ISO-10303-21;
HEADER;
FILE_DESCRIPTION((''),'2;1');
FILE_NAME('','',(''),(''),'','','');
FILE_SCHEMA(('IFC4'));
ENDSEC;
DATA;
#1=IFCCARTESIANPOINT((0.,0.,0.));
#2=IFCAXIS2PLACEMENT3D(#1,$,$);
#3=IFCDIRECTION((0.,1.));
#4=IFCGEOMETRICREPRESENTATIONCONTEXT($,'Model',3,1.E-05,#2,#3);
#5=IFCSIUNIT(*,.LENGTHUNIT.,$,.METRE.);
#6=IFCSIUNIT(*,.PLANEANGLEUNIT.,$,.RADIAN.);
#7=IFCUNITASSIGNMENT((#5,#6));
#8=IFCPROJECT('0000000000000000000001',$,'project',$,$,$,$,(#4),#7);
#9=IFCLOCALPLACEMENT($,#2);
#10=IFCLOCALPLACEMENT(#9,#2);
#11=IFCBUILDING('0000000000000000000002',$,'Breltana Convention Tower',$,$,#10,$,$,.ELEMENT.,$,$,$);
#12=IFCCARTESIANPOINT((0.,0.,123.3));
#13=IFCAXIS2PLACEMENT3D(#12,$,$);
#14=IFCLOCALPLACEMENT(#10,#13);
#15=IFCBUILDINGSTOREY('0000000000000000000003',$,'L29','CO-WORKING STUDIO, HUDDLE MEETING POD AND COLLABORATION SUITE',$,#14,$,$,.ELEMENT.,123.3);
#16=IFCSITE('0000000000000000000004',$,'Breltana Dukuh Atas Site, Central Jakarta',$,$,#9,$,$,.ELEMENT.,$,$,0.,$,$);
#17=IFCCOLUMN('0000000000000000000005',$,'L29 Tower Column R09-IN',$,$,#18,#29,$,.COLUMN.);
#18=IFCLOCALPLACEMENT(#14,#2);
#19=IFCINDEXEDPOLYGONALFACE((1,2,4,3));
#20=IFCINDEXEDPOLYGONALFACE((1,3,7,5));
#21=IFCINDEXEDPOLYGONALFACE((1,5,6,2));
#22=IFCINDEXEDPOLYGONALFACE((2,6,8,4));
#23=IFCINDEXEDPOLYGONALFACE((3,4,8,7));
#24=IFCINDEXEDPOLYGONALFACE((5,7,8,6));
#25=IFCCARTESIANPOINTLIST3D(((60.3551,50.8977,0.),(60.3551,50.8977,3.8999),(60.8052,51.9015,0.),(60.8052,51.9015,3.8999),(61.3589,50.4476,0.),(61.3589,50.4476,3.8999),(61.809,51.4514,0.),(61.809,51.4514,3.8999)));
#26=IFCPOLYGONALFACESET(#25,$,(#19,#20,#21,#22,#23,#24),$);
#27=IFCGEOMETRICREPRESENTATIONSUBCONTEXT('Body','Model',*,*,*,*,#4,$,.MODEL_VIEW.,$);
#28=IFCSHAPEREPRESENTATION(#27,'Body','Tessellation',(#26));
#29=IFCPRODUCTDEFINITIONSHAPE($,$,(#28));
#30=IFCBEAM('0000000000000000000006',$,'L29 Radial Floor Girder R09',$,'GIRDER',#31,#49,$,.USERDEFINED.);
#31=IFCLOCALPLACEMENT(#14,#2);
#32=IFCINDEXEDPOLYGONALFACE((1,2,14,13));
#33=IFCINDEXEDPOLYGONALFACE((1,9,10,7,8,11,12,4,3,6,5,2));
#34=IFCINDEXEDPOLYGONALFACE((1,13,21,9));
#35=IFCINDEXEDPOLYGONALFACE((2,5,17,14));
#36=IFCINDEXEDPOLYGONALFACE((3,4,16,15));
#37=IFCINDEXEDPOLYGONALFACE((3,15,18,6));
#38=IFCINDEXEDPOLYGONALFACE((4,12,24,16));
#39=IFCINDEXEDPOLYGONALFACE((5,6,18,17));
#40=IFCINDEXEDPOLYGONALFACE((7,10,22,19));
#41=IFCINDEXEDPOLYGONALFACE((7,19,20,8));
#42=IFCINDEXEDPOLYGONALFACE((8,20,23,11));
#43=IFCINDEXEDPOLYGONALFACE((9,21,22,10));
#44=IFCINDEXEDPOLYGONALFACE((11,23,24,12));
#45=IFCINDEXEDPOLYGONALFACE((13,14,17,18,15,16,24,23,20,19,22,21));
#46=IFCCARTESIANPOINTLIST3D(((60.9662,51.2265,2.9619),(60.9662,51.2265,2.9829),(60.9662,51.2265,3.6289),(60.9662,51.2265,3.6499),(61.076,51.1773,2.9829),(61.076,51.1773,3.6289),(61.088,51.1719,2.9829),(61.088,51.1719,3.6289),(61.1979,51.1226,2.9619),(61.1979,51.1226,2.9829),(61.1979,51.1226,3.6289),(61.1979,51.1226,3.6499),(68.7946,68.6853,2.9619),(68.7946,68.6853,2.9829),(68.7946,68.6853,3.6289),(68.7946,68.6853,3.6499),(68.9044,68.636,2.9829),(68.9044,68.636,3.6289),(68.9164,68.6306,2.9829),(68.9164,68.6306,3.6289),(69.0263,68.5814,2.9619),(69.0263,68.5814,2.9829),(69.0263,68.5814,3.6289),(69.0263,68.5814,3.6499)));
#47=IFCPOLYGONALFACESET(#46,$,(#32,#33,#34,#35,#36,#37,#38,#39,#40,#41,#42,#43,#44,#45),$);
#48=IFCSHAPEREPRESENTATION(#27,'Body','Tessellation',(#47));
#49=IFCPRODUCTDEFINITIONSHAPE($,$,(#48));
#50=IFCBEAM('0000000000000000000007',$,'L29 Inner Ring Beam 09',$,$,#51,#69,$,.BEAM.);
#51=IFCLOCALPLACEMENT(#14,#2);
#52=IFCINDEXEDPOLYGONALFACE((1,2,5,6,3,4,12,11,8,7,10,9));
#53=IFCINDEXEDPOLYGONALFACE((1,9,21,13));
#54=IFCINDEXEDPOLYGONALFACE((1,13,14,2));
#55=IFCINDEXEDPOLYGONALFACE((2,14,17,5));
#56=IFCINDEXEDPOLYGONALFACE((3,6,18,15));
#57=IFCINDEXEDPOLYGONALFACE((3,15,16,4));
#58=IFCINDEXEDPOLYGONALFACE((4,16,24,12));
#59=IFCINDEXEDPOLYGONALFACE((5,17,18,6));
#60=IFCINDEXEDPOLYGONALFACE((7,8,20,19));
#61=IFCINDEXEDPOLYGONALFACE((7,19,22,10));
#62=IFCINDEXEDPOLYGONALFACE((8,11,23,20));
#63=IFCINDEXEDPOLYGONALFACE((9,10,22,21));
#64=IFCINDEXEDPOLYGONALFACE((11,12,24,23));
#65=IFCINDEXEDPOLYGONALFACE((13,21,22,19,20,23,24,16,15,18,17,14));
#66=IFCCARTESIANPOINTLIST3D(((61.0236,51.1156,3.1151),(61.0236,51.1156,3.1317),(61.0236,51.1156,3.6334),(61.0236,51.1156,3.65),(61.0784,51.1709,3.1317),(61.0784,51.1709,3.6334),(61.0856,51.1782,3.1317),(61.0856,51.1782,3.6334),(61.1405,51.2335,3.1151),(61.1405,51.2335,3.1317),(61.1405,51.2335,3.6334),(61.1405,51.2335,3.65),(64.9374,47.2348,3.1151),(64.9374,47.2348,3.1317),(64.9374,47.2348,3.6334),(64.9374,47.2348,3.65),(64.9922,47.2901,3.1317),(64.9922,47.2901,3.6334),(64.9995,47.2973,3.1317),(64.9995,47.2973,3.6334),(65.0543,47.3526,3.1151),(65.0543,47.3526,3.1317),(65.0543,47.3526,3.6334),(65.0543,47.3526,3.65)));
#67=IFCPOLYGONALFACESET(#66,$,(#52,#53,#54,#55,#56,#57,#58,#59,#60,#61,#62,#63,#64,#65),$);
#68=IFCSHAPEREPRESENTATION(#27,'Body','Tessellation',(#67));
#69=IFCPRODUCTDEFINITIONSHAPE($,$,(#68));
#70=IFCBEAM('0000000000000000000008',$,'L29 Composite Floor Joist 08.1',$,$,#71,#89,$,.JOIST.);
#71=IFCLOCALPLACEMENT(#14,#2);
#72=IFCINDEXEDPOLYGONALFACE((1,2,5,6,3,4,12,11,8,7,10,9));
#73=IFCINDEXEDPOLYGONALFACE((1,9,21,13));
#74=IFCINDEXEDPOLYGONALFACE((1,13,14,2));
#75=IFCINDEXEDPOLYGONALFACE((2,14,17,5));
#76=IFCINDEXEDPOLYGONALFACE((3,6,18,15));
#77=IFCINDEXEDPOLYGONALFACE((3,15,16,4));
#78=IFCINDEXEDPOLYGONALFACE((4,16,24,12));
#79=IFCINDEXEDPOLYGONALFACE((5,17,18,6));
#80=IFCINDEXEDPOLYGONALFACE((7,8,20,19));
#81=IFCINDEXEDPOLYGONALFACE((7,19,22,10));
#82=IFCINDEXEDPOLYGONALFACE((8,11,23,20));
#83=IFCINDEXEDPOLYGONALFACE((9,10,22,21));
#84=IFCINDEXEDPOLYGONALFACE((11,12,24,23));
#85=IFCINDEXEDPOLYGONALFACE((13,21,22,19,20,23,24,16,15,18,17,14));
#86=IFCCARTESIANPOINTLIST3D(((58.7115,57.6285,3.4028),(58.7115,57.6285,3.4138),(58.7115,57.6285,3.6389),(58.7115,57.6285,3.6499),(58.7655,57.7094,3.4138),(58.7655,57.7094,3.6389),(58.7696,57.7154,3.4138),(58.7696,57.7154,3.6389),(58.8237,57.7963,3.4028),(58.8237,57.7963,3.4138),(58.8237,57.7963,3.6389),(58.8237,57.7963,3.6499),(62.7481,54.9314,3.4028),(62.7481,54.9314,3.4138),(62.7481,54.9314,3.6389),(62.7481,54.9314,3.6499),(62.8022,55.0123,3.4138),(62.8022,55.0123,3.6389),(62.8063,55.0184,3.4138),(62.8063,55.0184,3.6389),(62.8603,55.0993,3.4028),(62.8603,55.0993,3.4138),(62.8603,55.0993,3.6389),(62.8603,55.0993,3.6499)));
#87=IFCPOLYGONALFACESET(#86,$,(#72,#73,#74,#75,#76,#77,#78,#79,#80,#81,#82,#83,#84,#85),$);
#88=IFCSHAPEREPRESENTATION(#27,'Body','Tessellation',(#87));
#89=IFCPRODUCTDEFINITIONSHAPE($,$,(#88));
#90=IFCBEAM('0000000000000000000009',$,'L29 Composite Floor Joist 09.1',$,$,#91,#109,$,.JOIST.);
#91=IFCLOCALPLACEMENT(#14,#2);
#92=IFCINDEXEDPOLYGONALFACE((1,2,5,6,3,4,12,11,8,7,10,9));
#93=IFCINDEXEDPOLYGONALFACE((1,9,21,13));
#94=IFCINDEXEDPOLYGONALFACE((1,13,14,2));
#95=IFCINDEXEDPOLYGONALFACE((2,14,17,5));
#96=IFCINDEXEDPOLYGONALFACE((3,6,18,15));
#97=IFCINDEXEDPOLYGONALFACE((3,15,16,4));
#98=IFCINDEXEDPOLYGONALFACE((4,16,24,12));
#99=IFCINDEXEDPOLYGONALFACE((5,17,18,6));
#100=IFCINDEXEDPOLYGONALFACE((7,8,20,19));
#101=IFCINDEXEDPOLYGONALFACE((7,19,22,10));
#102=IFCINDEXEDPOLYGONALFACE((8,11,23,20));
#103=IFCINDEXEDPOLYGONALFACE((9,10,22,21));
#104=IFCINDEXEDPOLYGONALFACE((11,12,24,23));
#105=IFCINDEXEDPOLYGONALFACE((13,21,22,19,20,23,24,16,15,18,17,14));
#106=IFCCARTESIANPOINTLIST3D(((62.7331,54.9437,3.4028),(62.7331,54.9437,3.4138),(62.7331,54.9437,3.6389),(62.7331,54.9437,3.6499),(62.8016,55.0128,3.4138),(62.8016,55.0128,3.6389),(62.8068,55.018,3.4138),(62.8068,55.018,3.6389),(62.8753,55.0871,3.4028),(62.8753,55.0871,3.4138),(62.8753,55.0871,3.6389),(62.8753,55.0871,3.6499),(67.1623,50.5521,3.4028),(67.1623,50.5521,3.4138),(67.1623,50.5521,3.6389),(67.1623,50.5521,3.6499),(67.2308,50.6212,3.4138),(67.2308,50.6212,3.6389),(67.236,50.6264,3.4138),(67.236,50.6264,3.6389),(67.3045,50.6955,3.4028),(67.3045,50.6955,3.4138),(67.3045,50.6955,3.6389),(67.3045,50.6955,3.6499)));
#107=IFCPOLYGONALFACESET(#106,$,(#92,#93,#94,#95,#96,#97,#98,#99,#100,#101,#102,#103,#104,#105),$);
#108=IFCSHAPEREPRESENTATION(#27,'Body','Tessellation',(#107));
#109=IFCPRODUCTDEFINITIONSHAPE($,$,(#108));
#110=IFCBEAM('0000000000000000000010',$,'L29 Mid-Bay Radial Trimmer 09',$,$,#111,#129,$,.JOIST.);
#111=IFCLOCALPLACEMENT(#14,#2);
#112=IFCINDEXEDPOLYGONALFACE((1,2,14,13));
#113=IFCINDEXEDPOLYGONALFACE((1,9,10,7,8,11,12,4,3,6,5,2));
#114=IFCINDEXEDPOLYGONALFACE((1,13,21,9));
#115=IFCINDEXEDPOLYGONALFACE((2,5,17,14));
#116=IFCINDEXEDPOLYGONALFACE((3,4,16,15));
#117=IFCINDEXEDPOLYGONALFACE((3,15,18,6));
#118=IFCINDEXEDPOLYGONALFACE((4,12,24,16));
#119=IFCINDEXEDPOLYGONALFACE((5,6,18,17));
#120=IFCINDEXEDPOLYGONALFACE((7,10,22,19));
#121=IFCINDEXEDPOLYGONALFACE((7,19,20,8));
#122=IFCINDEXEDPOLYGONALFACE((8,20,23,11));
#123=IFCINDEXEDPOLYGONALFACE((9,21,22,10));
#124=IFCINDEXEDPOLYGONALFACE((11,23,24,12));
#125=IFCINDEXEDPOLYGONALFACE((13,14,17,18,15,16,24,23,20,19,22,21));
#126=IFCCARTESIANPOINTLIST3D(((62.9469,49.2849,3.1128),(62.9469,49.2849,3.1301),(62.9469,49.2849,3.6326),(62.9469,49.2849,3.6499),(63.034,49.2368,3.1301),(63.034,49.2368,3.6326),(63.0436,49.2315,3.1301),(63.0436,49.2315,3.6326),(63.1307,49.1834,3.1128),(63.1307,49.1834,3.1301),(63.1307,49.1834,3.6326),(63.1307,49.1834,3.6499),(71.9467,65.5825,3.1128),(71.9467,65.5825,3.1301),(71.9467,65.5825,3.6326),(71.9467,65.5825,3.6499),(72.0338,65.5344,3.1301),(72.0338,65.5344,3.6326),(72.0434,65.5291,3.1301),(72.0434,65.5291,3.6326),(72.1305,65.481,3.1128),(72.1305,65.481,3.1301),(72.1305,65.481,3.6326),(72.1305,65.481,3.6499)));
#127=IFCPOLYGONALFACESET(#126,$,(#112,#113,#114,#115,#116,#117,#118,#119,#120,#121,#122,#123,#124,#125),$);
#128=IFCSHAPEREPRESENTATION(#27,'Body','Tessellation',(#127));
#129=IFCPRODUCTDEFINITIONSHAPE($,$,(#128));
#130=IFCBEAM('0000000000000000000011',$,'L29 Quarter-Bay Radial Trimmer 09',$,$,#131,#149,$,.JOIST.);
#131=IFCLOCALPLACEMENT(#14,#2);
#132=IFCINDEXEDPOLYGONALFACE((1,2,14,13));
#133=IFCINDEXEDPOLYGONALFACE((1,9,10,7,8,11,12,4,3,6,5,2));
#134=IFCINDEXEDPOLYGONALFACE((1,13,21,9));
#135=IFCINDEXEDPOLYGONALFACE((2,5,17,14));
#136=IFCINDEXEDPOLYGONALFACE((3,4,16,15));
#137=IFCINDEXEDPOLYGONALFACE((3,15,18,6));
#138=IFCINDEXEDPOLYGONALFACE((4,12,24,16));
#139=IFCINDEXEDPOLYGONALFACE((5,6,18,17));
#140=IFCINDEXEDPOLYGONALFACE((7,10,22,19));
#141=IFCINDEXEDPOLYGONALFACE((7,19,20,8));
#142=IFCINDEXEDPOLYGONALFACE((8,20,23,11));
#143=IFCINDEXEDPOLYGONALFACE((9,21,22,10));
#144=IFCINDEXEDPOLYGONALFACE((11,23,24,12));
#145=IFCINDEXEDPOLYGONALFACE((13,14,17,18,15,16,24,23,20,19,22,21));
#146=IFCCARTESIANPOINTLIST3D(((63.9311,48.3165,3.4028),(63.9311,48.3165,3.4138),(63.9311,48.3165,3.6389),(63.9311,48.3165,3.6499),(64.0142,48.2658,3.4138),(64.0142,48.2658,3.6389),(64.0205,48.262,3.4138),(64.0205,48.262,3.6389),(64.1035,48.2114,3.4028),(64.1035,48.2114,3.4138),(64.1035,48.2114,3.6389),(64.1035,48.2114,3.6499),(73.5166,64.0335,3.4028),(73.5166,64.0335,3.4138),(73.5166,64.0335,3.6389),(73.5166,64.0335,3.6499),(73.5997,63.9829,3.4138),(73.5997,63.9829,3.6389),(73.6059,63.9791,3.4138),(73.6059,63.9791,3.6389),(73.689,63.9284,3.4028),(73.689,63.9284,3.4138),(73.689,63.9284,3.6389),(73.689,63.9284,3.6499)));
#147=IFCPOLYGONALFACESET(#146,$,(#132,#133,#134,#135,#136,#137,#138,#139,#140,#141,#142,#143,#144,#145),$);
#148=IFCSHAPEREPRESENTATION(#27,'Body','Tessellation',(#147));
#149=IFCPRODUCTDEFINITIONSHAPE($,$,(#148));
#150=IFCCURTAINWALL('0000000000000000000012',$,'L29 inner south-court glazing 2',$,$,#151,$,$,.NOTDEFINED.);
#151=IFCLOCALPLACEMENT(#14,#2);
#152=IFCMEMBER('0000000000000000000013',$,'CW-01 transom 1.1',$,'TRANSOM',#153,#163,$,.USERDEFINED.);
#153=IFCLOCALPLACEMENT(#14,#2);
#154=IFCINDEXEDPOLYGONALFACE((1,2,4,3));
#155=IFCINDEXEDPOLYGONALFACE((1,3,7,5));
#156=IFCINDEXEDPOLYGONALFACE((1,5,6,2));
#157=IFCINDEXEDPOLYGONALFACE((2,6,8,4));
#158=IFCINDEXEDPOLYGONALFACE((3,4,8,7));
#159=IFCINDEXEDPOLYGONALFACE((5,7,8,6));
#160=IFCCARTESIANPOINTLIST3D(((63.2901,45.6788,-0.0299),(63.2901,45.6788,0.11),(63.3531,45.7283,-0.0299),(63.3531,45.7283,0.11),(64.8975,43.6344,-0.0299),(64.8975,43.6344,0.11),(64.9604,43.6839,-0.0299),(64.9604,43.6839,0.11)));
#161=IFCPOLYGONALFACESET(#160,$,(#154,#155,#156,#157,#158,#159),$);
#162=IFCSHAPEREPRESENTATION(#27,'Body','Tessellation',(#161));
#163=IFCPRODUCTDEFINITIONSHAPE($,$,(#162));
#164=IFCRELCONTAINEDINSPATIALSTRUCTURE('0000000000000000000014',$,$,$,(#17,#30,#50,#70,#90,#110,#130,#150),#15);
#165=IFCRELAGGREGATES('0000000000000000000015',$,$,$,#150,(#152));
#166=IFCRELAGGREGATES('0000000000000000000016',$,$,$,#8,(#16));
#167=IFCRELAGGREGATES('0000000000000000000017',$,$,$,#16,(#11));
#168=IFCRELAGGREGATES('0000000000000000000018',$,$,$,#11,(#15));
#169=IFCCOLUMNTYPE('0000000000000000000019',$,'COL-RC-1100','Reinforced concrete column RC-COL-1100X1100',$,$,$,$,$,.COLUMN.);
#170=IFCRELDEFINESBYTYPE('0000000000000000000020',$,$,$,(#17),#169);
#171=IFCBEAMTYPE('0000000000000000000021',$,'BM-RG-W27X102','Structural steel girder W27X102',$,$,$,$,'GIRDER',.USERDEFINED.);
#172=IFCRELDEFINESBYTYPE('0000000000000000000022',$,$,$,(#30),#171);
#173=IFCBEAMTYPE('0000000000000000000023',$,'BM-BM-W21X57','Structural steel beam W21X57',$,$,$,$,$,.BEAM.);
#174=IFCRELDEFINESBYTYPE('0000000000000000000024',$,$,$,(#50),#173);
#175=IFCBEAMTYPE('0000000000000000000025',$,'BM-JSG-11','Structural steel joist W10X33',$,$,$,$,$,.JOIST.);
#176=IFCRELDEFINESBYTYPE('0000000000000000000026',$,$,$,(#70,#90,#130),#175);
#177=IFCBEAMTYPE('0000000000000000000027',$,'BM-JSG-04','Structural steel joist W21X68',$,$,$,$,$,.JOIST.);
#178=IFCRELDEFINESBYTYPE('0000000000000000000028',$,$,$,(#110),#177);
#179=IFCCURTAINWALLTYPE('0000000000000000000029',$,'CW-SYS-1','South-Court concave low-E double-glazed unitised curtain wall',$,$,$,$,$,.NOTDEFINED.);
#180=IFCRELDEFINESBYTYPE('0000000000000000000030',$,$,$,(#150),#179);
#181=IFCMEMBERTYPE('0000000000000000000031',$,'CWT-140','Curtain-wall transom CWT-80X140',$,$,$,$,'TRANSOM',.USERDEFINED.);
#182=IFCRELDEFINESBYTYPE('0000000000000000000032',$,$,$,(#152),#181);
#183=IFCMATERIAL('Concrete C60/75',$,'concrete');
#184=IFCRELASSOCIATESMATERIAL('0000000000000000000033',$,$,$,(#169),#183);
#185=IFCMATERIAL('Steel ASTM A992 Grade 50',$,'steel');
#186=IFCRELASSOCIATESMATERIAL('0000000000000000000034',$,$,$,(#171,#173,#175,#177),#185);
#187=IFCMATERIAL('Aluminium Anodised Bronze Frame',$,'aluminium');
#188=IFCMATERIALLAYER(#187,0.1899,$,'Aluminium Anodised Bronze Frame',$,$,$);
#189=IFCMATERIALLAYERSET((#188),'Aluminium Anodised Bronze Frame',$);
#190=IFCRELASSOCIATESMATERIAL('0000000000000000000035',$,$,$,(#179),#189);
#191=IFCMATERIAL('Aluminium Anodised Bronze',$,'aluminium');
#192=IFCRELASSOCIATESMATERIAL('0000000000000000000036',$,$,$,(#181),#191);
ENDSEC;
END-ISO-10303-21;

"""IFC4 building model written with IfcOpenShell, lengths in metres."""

from ifc_helpers import new_model, si_unit, direction, frame, origin, origin_2d, place, context, subcontext, project, spatial, rectangle, i_section, extrude, source, transform, mapped, material, layer, layer_set, material_profile, profile_set, type_object, element, aggregate, save


model = new_model("IFC4")

# Units and contexts
model_context = context("Model", 3, precision=1e-05, world=origin(), true_north=direction((0.0, 1.0)))
body_context = subcontext(model_context, "Body", "Model", "MODEL_VIEW")
ifc_project = project(units=[si_unit("LENGTHUNIT", "METRE"), si_unit("PLANEANGLEUNIT", "RADIAN")], contexts=[model_context])

# Site, building, storey
site_placement = place(None, origin())
site = spatial("IfcSite", under=ifc_project, at=site_placement, Name="Breltana Dukuh Atas Site, Central Jakarta", CompositionType="ELEMENT", RefElevation=0.0)
building_placement = place(site_placement, origin())
building = spatial("IfcBuilding", under=site, at=building_placement, Name="Breltana Convention Tower", CompositionType="ELEMENT")
storey_placement = place(building_placement, frame((0.0, 0.0, 123.3)))
storey = spatial("IfcBuildingStorey", under=building, at=storey_placement, Name="L29", Description="CO-WORKING STUDIO, HUDDLE MEETING POD AND COLLABORATION SUITE", CompositionType="ELEMENT", Elevation=123.3)

# Column
ifc_material_1 = material(Name="Concrete C60/75", Category="concrete")
ifc_material_profile_1 = material_profile(ifc_material_1, rectangle(XDim=1.1001, YDim=1.1001, at=origin_2d()), Name="RC-COL-1100X1100")
ifc_profile_set_1 = profile_set([ifc_material_profile_1], Name="Concrete C60/75")
column_type = type_object("IfcColumnType", Name="COL-RC-1100", Description="Reinforced concrete column RC-COL-1100X1100", PredefinedType="COLUMN", material=ifc_profile_set_1)
shared_shape_1 = source(origin(), body_context, "Body", "SweptSolid", [
    extrude(rectangle(XDim=1.1001, YDim=1.1001, at=origin_2d()), origin(), (0.0, 0.0, 1.0), 3.8999),
])
column_placement = place(storey_placement, frame((61.082, 51.1746, 0.0), z_axis=(0.0, 0.0, 1.0), x_axis=(0.409127, 0.912477, 0.0)))
element("IfcColumn", 1, at=column_placement, inside=storey, type_object=column_type, Name="L29 Tower Column R09-IN", PredefinedType="COLUMN", context=body_context, shape_type="MappedRepresentation", body=[
    mapped(shared_shape_1, transform((0.0, 0.0, 0.0), scale=1.0)),
])

# Beams
ifc_material_2 = material(Name="Steel ASTM A992 Grade 50", Category="steel")
ifc_material_profile_2 = material_profile(ifc_material_2, i_section(OverallWidth=0.2539, OverallDepth=0.688, WebThickness=0.0132, FlangeThickness=0.021, at=origin_2d()), Name="W27X102")
ifc_profile_set_2 = profile_set([ifc_material_profile_2], Name="Steel ASTM A992 Grade 50")
beam_type_1 = type_object("IfcBeamType", Name="BM-RG-W27X102", Description="Structural steel girder W27X102", ElementType="GIRDER", PredefinedType="USERDEFINED", material=ifc_profile_set_2)
shared_shape_2 = source(origin(), body_context, "Body", "SweptSolid", [
    extrude(i_section(OverallWidth=0.2539, OverallDepth=0.688, WebThickness=0.0132, FlangeThickness=0.021, at=origin_2d()), origin(), (0.0, 0.0, 1.0), 19.1335),
])
beam_1_placement = place(storey_placement, frame((61.082, 51.1746, 3.3059), z_axis=(0.409145, 0.91247, 0.0), x_axis=(-0.91247, 0.409145, 0.0)))
element("IfcBeam", 2, at=beam_1_placement, inside=storey, type_object=beam_type_1, Name="L29 Radial Floor Girder R09", ObjectType="GIRDER", PredefinedType="USERDEFINED", context=body_context, shape_type="MappedRepresentation", body=[
    mapped(shared_shape_2, transform((0.0, 0.0, 0.0), scale=1.0)),
])
ifc_material_profile_3 = material_profile(ifc_material_2, i_section(OverallWidth=0.166, OverallDepth=0.5349, WebThickness=0.0103, FlangeThickness=0.0166, at=origin_2d()), Name="W21X57")
ifc_profile_set_3 = profile_set([ifc_material_profile_3], Name="Steel ASTM A992 Grade 50")
beam_type_2 = type_object("IfcBeamType", Name="BM-BM-W21X57", Description="Structural steel beam W21X57", PredefinedType="BEAM", material=ifc_profile_set_3)
shared_shape_3 = source(origin(), body_context, "Body", "SweptSolid", [
    extrude(i_section(OverallWidth=0.166, OverallDepth=0.5349, WebThickness=0.0103, FlangeThickness=0.0166, at=origin_2d()), origin(), (0.0, 0.0, 1.0), 5.5117),
])
beam_2_placement = place(storey_placement, frame((61.082, 51.1746, 3.3826), z_axis=(0.71009, -0.704111, 0.0), x_axis=(0.704111, 0.71009, 0.0)))
element("IfcBeam", 3, at=beam_2_placement, inside=storey, type_object=beam_type_2, Name="L29 Inner Ring Beam 09", PredefinedType="BEAM", context=body_context, shape_type="MappedRepresentation", body=[
    mapped(shared_shape_3, transform((0.0, 0.0, 0.0), scale=1.0)),
])
ifc_material_profile_4 = material_profile(ifc_material_2, i_section(OverallWidth=0.2019, OverallDepth=0.2471, WebThickness=0.0073, FlangeThickness=0.011, at=origin_2d()), Name="W10X33")
ifc_profile_set_4 = profile_set([ifc_material_profile_4], Name="Steel ASTM A992 Grade 50")
beam_type_3 = type_object("IfcBeamType", Name="BM-JSG-11", Description="Structural steel joist W10X33", PredefinedType="JOIST", material=ifc_profile_set_4)
shared_shape_4 = source(origin(), body_context, "Body", "SweptSolid", [
    extrude(i_section(OverallWidth=0.2019, OverallDepth=0.2471, WebThickness=0.0073, FlangeThickness=0.011, at=origin_2d()), origin(), (0.0, 0.0, 1.0), 4.8547),
])
beam_3_placement = place(storey_placement, frame((58.7676, 57.7124, 3.5264), z_axis=(0.831485, -0.555547, 0.0), x_axis=(0.555547, 0.831485, 0.0)))
element("IfcBeam", 4, at=beam_3_placement, inside=storey, type_object=beam_type_3, Name="L29 Composite Floor Joist 08.1", PredefinedType="JOIST", context=body_context, shape_type="MappedRepresentation", body=[
    mapped(shared_shape_4, transform((0.0, 0.0, 0.0), scale=1.0)),
])
shared_shape_5 = source(origin(), body_context, "Body", "SweptSolid", [
    extrude(i_section(OverallWidth=0.2019, OverallDepth=0.2471, WebThickness=0.0073, FlangeThickness=0.011, at=origin_2d()), origin(), (0.0, 0.0, 1.0), 6.2373),
])
beam_4_placement = place(storey_placement, frame((62.8042, 55.0154, 3.5264), z_axis=(0.710114, -0.704086, 0.0), x_axis=(0.704086, 0.710114, 0.0)))
element("IfcBeam", 5, at=beam_4_placement, inside=storey, type_object=beam_type_3, Name="L29 Composite Floor Joist 09.1", PredefinedType="JOIST", context=body_context, shape_type="MappedRepresentation", body=[
    mapped(shared_shape_5, transform((0.0, 0.0, 0.0), scale=1.0)),
])
ifc_material_profile_5 = material_profile(ifc_material_2, i_section(OverallWidth=0.21, OverallDepth=0.5371, WebThickness=0.011, FlangeThickness=0.0173, at=origin_2d()), Name="W21X68")
ifc_profile_set_5 = profile_set([ifc_material_profile_5], Name="Steel ASTM A992 Grade 50")
beam_type_4 = type_object("IfcBeamType", Name="BM-JSG-04", Description="Structural steel joist W21X68", PredefinedType="JOIST", material=ifc_profile_set_5)
shared_shape_6 = source(origin(), body_context, "Body", "SweptSolid", [
    extrude(i_section(OverallWidth=0.21, OverallDepth=0.5371, WebThickness=0.011, FlangeThickness=0.0173, at=origin_2d()), origin(), (0.0, 0.0, 1.0), 18.6174),
])
beam_5_placement = place(storey_placement, frame((63.0388, 49.2341, 3.3813), z_axis=(0.483406, 0.875396, 0.0), x_axis=(-0.875396, 0.483406, 0.0)))
element("IfcBeam", 6, at=beam_5_placement, inside=storey, type_object=beam_type_4, Name="L29 Mid-Bay Radial Trimmer 09", PredefinedType="JOIST", context=body_context, shape_type="MappedRepresentation", body=[
    mapped(shared_shape_6, transform((0.0, 0.0, 0.0), scale=1.0)),
])
shared_shape_7 = source(origin(), body_context, "Body", "SweptSolid", [
    extrude(i_section(OverallWidth=0.2019, OverallDepth=0.2471, WebThickness=0.0073, FlangeThickness=0.011, at=origin_2d()), origin(), (0.0, 0.0, 1.0), 18.4094),
])
beam_6_placement = place(storey_placement, frame((64.0173, 48.2639, 3.5264), z_axis=(0.520682, 0.853751, 0.0), x_axis=(-0.853751, 0.520682, 0.0)))
element("IfcBeam", 7, at=beam_6_placement, inside=storey, type_object=beam_type_3, Name="L29 Quarter-Bay Radial Trimmer 09", PredefinedType="JOIST", context=body_context, shape_type="MappedRepresentation", body=[
    mapped(shared_shape_7, transform((0.0, 0.0, 0.0), scale=1.0)),
])

# Curtain wall, member
ifc_material_3 = material(Name="Aluminium Anodised Bronze Frame", Category="aluminium")
ifc_layer_1 = layer(ifc_material_3, 0.1899, Name="Aluminium Anodised Bronze Frame")
ifc_layer_set_1 = layer_set([ifc_layer_1], Name="Aluminium Anodised Bronze Frame")
curtain_wall_type = type_object("IfcCurtainWallType", Name="CW-SYS-1", Description="South-Court concave low-E double-glazed unitised curtain wall", PredefinedType="NOTDEFINED", material=ifc_layer_set_1)
curtain_wall_1_placement = place(storey_placement, origin())
curtain_wall_1 = element("IfcCurtainWall", 8, at=curtain_wall_1_placement, inside=storey, type_object=curtain_wall_type, Name="L29 inner south-court glazing 2", PredefinedType="NOTDEFINED")
ifc_material_4 = material(Name="Aluminium Anodised Bronze", Category="aluminium")
ifc_material_profile_6 = material_profile(ifc_material_4, rectangle(XDim=0.0801, YDim=0.1399, at=origin_2d()), Name="CWT-80X140")
ifc_profile_set_6 = profile_set([ifc_material_profile_6], Name="Aluminium Anodised Bronze")
member_type_1 = type_object("IfcMemberType", Name="CWT-140", Description="Curtain-wall transom CWT-80X140", ElementType="TRANSOM", PredefinedType="USERDEFINED", material=ifc_profile_set_6)
shared_shape_8 = source(origin(), body_context, "Body", "SweptSolid", [
    extrude(rectangle(XDim=0.0801, YDim=0.1399, at=origin_2d()), origin(), (0.0, 0.0, 1.0), 2.6006),
])
member_1_placement = place(storey_placement, frame((64.929, 43.6592, 0.04), z_axis=(-0.618079, 0.786116, 0.0), x_axis=(-0.786116, -0.618079, 0.0)))
member_1 = element("IfcMember", 9, at=member_1_placement, type_object=member_type_1, Name="CW-01 transom 1.1", ObjectType="TRANSOM", PredefinedType="USERDEFINED", context=body_context, shape_type="MappedRepresentation", body=[
    mapped(shared_shape_8, transform((0.0, 0.0, 0.0), scale=1.0)),
])

aggregate(curtain_wall_1, [member_1])

save(model, "model.ifc")
